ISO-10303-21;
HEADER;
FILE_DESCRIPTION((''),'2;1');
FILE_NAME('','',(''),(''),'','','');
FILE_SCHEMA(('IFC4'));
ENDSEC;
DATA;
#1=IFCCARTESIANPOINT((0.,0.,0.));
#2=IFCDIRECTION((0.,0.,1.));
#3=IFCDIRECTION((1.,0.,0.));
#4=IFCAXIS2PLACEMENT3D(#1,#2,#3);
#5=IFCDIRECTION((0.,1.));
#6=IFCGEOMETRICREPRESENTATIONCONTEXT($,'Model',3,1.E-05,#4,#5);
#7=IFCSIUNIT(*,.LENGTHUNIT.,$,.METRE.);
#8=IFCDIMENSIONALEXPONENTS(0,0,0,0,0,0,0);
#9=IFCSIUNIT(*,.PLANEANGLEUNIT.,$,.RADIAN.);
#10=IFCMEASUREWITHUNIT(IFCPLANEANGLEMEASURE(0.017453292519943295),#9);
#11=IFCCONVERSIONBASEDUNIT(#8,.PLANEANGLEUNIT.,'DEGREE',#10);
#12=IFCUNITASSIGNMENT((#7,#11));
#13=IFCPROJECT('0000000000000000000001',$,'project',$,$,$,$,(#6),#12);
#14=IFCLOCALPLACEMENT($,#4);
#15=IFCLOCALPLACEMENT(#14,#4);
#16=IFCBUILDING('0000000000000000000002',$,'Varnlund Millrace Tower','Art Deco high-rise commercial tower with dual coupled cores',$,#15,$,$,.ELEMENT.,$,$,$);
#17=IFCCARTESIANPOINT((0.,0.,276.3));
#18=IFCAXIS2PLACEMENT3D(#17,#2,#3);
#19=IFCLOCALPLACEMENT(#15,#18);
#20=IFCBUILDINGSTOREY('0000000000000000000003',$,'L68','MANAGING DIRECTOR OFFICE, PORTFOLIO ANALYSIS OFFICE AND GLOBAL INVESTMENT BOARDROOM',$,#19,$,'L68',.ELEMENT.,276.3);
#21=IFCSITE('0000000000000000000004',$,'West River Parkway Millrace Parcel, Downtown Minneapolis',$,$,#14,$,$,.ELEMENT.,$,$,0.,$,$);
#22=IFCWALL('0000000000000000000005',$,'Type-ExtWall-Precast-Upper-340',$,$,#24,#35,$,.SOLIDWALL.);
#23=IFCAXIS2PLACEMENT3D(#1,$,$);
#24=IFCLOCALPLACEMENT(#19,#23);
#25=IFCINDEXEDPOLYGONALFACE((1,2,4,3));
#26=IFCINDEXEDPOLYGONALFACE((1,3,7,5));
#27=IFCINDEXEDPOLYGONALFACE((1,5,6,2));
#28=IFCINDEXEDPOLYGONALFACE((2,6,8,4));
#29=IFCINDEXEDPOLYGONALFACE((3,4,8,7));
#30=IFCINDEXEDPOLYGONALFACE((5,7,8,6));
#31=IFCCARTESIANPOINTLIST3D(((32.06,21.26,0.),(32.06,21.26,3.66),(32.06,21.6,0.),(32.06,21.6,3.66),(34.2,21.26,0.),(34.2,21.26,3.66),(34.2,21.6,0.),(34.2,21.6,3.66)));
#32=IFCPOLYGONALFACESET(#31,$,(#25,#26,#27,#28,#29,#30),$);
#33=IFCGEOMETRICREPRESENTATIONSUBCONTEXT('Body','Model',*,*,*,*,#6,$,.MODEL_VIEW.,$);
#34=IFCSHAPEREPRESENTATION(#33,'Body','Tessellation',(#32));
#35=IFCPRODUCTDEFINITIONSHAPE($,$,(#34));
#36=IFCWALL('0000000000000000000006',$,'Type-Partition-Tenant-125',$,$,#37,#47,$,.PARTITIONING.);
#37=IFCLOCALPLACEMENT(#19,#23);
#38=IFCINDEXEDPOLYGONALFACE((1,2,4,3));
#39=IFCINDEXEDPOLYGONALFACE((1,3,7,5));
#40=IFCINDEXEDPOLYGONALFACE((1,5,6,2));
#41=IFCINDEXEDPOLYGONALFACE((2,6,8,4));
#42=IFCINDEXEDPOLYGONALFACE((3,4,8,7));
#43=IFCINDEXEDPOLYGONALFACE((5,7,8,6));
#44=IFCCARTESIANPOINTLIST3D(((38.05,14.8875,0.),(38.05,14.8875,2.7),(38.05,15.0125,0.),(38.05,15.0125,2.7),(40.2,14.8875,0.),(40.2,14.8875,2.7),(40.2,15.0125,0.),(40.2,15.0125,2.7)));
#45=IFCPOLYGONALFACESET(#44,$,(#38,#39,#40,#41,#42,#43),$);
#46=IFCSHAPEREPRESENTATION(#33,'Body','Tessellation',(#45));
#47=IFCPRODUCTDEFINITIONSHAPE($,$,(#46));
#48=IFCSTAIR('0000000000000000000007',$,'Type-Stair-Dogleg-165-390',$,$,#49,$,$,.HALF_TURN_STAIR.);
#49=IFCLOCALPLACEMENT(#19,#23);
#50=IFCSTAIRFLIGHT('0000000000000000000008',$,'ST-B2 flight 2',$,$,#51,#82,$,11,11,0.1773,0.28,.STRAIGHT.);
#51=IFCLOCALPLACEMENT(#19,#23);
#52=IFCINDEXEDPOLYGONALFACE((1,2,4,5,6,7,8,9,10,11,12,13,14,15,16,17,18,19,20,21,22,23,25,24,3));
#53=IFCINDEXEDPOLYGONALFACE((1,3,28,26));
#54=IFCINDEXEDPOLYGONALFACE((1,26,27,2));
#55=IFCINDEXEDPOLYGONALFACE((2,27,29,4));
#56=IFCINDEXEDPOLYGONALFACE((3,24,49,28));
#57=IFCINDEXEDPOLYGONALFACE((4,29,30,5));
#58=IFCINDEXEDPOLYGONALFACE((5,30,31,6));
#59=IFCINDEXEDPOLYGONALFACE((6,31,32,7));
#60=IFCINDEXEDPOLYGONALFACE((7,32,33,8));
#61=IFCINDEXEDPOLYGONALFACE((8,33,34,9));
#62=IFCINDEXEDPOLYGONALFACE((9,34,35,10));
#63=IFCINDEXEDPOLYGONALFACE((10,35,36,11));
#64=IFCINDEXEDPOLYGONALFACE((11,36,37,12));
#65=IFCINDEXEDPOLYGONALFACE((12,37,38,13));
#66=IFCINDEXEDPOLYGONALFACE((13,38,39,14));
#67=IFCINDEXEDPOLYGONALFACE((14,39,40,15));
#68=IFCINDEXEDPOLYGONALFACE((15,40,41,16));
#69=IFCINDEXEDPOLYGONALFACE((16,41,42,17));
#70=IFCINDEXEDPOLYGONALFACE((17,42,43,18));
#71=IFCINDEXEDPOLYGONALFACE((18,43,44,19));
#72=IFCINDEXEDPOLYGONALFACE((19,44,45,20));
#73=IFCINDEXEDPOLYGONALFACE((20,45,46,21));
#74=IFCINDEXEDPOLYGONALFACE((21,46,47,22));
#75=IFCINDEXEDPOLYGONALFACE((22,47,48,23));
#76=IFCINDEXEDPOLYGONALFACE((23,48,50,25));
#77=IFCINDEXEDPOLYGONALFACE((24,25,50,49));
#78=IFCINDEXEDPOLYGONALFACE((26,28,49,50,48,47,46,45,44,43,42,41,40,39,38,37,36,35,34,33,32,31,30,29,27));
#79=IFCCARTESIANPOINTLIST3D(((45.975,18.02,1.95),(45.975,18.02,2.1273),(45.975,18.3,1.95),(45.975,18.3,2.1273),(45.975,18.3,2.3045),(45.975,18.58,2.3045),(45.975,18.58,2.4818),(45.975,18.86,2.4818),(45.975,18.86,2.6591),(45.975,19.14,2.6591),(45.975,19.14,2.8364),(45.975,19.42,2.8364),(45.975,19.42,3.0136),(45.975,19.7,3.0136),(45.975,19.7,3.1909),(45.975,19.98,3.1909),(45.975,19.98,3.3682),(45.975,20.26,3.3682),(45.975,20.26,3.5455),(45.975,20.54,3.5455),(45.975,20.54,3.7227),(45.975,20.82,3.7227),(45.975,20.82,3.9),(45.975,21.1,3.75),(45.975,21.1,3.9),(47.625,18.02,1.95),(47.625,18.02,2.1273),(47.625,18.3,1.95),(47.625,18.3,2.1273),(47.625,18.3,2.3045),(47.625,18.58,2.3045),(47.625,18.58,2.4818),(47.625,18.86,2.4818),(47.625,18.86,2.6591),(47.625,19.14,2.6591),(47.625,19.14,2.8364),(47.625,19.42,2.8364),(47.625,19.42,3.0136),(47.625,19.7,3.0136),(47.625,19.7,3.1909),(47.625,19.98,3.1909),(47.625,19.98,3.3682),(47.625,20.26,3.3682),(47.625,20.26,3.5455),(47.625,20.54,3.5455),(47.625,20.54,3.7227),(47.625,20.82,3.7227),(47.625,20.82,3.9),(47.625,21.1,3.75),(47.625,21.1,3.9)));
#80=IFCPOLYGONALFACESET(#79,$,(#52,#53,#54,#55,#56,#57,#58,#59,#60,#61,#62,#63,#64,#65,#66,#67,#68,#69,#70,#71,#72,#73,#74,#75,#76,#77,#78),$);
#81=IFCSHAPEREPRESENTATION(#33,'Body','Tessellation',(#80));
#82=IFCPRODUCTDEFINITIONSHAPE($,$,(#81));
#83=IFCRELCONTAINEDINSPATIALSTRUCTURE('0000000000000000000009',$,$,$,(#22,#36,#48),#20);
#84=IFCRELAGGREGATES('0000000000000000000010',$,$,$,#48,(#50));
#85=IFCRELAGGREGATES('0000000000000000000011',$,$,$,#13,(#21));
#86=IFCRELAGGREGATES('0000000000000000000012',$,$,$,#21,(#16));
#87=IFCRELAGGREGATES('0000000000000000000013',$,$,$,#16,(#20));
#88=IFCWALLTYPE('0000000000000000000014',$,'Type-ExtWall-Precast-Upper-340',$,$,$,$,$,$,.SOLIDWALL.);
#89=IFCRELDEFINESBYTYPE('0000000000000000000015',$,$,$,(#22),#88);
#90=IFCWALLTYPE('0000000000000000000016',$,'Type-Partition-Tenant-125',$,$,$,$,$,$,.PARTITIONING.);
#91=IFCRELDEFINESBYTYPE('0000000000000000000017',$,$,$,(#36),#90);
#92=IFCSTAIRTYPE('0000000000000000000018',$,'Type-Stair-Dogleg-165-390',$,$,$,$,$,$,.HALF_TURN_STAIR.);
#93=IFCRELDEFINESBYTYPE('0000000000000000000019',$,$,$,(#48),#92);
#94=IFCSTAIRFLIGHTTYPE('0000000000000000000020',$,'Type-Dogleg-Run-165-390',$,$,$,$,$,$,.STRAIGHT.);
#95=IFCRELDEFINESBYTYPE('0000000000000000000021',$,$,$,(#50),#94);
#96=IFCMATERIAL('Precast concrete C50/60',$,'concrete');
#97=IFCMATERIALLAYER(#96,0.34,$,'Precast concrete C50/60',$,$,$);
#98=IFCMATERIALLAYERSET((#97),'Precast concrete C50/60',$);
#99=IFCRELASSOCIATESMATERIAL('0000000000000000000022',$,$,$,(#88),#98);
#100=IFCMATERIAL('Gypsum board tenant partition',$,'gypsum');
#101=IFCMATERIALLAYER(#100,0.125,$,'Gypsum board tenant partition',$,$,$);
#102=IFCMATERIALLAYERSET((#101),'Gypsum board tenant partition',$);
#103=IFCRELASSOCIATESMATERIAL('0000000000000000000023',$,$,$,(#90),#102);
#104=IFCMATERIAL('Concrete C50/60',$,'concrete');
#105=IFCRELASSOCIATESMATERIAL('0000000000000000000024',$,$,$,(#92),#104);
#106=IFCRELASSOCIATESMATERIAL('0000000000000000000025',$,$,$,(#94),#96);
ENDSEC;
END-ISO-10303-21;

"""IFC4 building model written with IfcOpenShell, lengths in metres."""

from ifc_helpers import new_model, entity, si_unit, converted_unit, direction, frame, origin_with_axes, place, context, subcontext, project, spatial, polyline, outline, extrude, material, layer, layer_set, type_object, element, aggregate, save


model = new_model("IFC4")

# Units and contexts
model_context = context("Model", 3, precision=1e-05, world=origin_with_axes(), true_north=direction((0.0, 1.0)))
body_context = subcontext(model_context, "Body", "Model", "MODEL_VIEW")
ifc_project = project(units=[si_unit("LENGTHUNIT", "METRE"), converted_unit("PLANEANGLEUNIT", "DEGREE", entity("IfcPlaneAngleMeasure", 0.017453292519943295), si_unit("PLANEANGLEUNIT", "RADIAN"), dimensions=[0, 0, 0, 0, 0, 0, 0])], contexts=[model_context])

# Site, building, storey
site_placement = place(None, origin_with_axes())
site = spatial("IfcSite", under=ifc_project, at=site_placement, Name="West River Parkway Millrace Parcel, Downtown Minneapolis", CompositionType="ELEMENT", RefElevation=0.0)
building_placement = place(site_placement, origin_with_axes())
building = spatial("IfcBuilding", under=site, at=building_placement, Name="Varnlund Millrace Tower", Description="Art Deco high-rise commercial tower with dual coupled cores", CompositionType="ELEMENT")
storey_placement = place(building_placement, frame((0.0, 0.0, 276.3), z_axis=(0.0, 0.0, 1.0), x_axis=(1.0, 0.0, 0.0)))
storey = spatial("IfcBuildingStorey", under=building, at=storey_placement, Name="L68", Description="MANAGING DIRECTOR OFFICE, PORTFOLIO ANALYSIS OFFICE AND GLOBAL INVESTMENT BOARDROOM", LongName="L68", CompositionType="ELEMENT", Elevation=276.3)

# Shared definitions
ifc_material_1 = material(Name="Precast concrete C50/60", Category="concrete")
ifc_layer_1 = layer(ifc_material_1, 0.34, Name="Precast concrete C50/60")
ifc_layer_set_1 = layer_set([ifc_layer_1], Name="Precast concrete C50/60")
wall_type_1 = type_object("IfcWallType", Name="Type-ExtWall-Precast-Upper-340", PredefinedType="SOLIDWALL", material=ifc_layer_set_1)

# Walls
wall_1_placement = place(storey_placement, frame((32.06, 21.43, 0.0), z_axis=(0.0, 0.0, 1.0), x_axis=(1.0, 0.0, 0.0)))
element("IfcWall", 1, at=wall_1_placement, inside=storey, type_object=wall_type_1, Name="Type-ExtWall-Precast-Upper-340", PredefinedType="SOLIDWALL", context=body_context, shape_type="SweptSolid", body=[
    extrude(outline(polyline([(0.0, -0.17), (2.14, -0.17), (2.14, 0.17), (0.0, 0.17), (0.0, -0.17)])), origin_with_axes(), (0.0, 0.0, 1.0), 3.66),
])
ifc_material_2 = material(Name="Gypsum board tenant partition", Category="gypsum")
ifc_layer_2 = layer(ifc_material_2, 0.125, Name="Gypsum board tenant partition")
ifc_layer_set_2 = layer_set([ifc_layer_2], Name="Gypsum board tenant partition")
wall_type_2 = type_object("IfcWallType", Name="Type-Partition-Tenant-125", PredefinedType="PARTITIONING", material=ifc_layer_set_2)
wall_2_placement = place(storey_placement, frame((38.05, 14.95, 0.0), z_axis=(0.0, 0.0, 1.0), x_axis=(1.0, 0.0, 0.0)))
element("IfcWall", 2, at=wall_2_placement, inside=storey, type_object=wall_type_2, Name="Type-Partition-Tenant-125", PredefinedType="PARTITIONING", context=body_context, shape_type="SweptSolid", body=[
    extrude(outline(polyline([(0.0, -0.0625), (2.15, -0.0625), (2.15, 0.0625), (0.0, 0.0625), (0.0, -0.0625)])), origin_with_axes(), (0.0, 0.0, 1.0), 2.7),
])

# Stair, stair flight
ifc_material_3 = material(Name="Concrete C50/60", Category="concrete")
stair_type = type_object("IfcStairType", Name="Type-Stair-Dogleg-165-390", PredefinedType="HALF_TURN_STAIR", material=ifc_material_3)
stair_placement = place(storey_placement, origin_with_axes())
stair = element("IfcStair", 3, at=stair_placement, inside=storey, type_object=stair_type, Name="Type-Stair-Dogleg-165-390", PredefinedType="HALF_TURN_STAIR")
stair_flight_type = type_object("IfcStairFlightType", Name="Type-Dogleg-Run-165-390", PredefinedType="STRAIGHT", material=ifc_material_1)
stair_flight_placement = place(storey_placement, frame((45.975, 18.02, 1.95), z_axis=(1.0, 0.0, 0.0), x_axis=(0.0, 1.0, 0.0)))
stair_flight = element("IfcStairFlight", 4, at=stair_flight_placement, type_object=stair_flight_type, Name="ST-B2 flight 2", NumberOfRisers=11, NumberOfTreads=11, PredefinedType="STRAIGHT", RiserHeight=0.1773, TreadLength=0.28, context=body_context, shape_type="SweptSolid", body=[
    extrude(outline(polyline([(0.0, 0.0), (0.0, 0.1773), (0.28, 0.1773), (0.28, 0.3545), (0.56, 0.3545), (0.56, 0.5318), (0.84, 0.5318), (0.84, 0.7091), (1.12, 0.7091), (1.12, 0.8864), (1.4, 0.8864), (1.4, 1.0636), (1.68, 1.0636), (1.68, 1.2409), (1.96, 1.2409), (1.96, 1.4182), (2.24, 1.4182), (2.24, 1.5955), (2.52, 1.5955), (2.52, 1.7727), (2.8, 1.7727), (2.8, 1.95), (3.08, 1.95), (3.08, 1.8), (0.28, 0.0), (0.0, 0.0)])), origin_with_axes(), (0.0, 0.0, 1.0), 1.65),
])
aggregate(stair, [stair_flight])

save(model, "model.ifc")
